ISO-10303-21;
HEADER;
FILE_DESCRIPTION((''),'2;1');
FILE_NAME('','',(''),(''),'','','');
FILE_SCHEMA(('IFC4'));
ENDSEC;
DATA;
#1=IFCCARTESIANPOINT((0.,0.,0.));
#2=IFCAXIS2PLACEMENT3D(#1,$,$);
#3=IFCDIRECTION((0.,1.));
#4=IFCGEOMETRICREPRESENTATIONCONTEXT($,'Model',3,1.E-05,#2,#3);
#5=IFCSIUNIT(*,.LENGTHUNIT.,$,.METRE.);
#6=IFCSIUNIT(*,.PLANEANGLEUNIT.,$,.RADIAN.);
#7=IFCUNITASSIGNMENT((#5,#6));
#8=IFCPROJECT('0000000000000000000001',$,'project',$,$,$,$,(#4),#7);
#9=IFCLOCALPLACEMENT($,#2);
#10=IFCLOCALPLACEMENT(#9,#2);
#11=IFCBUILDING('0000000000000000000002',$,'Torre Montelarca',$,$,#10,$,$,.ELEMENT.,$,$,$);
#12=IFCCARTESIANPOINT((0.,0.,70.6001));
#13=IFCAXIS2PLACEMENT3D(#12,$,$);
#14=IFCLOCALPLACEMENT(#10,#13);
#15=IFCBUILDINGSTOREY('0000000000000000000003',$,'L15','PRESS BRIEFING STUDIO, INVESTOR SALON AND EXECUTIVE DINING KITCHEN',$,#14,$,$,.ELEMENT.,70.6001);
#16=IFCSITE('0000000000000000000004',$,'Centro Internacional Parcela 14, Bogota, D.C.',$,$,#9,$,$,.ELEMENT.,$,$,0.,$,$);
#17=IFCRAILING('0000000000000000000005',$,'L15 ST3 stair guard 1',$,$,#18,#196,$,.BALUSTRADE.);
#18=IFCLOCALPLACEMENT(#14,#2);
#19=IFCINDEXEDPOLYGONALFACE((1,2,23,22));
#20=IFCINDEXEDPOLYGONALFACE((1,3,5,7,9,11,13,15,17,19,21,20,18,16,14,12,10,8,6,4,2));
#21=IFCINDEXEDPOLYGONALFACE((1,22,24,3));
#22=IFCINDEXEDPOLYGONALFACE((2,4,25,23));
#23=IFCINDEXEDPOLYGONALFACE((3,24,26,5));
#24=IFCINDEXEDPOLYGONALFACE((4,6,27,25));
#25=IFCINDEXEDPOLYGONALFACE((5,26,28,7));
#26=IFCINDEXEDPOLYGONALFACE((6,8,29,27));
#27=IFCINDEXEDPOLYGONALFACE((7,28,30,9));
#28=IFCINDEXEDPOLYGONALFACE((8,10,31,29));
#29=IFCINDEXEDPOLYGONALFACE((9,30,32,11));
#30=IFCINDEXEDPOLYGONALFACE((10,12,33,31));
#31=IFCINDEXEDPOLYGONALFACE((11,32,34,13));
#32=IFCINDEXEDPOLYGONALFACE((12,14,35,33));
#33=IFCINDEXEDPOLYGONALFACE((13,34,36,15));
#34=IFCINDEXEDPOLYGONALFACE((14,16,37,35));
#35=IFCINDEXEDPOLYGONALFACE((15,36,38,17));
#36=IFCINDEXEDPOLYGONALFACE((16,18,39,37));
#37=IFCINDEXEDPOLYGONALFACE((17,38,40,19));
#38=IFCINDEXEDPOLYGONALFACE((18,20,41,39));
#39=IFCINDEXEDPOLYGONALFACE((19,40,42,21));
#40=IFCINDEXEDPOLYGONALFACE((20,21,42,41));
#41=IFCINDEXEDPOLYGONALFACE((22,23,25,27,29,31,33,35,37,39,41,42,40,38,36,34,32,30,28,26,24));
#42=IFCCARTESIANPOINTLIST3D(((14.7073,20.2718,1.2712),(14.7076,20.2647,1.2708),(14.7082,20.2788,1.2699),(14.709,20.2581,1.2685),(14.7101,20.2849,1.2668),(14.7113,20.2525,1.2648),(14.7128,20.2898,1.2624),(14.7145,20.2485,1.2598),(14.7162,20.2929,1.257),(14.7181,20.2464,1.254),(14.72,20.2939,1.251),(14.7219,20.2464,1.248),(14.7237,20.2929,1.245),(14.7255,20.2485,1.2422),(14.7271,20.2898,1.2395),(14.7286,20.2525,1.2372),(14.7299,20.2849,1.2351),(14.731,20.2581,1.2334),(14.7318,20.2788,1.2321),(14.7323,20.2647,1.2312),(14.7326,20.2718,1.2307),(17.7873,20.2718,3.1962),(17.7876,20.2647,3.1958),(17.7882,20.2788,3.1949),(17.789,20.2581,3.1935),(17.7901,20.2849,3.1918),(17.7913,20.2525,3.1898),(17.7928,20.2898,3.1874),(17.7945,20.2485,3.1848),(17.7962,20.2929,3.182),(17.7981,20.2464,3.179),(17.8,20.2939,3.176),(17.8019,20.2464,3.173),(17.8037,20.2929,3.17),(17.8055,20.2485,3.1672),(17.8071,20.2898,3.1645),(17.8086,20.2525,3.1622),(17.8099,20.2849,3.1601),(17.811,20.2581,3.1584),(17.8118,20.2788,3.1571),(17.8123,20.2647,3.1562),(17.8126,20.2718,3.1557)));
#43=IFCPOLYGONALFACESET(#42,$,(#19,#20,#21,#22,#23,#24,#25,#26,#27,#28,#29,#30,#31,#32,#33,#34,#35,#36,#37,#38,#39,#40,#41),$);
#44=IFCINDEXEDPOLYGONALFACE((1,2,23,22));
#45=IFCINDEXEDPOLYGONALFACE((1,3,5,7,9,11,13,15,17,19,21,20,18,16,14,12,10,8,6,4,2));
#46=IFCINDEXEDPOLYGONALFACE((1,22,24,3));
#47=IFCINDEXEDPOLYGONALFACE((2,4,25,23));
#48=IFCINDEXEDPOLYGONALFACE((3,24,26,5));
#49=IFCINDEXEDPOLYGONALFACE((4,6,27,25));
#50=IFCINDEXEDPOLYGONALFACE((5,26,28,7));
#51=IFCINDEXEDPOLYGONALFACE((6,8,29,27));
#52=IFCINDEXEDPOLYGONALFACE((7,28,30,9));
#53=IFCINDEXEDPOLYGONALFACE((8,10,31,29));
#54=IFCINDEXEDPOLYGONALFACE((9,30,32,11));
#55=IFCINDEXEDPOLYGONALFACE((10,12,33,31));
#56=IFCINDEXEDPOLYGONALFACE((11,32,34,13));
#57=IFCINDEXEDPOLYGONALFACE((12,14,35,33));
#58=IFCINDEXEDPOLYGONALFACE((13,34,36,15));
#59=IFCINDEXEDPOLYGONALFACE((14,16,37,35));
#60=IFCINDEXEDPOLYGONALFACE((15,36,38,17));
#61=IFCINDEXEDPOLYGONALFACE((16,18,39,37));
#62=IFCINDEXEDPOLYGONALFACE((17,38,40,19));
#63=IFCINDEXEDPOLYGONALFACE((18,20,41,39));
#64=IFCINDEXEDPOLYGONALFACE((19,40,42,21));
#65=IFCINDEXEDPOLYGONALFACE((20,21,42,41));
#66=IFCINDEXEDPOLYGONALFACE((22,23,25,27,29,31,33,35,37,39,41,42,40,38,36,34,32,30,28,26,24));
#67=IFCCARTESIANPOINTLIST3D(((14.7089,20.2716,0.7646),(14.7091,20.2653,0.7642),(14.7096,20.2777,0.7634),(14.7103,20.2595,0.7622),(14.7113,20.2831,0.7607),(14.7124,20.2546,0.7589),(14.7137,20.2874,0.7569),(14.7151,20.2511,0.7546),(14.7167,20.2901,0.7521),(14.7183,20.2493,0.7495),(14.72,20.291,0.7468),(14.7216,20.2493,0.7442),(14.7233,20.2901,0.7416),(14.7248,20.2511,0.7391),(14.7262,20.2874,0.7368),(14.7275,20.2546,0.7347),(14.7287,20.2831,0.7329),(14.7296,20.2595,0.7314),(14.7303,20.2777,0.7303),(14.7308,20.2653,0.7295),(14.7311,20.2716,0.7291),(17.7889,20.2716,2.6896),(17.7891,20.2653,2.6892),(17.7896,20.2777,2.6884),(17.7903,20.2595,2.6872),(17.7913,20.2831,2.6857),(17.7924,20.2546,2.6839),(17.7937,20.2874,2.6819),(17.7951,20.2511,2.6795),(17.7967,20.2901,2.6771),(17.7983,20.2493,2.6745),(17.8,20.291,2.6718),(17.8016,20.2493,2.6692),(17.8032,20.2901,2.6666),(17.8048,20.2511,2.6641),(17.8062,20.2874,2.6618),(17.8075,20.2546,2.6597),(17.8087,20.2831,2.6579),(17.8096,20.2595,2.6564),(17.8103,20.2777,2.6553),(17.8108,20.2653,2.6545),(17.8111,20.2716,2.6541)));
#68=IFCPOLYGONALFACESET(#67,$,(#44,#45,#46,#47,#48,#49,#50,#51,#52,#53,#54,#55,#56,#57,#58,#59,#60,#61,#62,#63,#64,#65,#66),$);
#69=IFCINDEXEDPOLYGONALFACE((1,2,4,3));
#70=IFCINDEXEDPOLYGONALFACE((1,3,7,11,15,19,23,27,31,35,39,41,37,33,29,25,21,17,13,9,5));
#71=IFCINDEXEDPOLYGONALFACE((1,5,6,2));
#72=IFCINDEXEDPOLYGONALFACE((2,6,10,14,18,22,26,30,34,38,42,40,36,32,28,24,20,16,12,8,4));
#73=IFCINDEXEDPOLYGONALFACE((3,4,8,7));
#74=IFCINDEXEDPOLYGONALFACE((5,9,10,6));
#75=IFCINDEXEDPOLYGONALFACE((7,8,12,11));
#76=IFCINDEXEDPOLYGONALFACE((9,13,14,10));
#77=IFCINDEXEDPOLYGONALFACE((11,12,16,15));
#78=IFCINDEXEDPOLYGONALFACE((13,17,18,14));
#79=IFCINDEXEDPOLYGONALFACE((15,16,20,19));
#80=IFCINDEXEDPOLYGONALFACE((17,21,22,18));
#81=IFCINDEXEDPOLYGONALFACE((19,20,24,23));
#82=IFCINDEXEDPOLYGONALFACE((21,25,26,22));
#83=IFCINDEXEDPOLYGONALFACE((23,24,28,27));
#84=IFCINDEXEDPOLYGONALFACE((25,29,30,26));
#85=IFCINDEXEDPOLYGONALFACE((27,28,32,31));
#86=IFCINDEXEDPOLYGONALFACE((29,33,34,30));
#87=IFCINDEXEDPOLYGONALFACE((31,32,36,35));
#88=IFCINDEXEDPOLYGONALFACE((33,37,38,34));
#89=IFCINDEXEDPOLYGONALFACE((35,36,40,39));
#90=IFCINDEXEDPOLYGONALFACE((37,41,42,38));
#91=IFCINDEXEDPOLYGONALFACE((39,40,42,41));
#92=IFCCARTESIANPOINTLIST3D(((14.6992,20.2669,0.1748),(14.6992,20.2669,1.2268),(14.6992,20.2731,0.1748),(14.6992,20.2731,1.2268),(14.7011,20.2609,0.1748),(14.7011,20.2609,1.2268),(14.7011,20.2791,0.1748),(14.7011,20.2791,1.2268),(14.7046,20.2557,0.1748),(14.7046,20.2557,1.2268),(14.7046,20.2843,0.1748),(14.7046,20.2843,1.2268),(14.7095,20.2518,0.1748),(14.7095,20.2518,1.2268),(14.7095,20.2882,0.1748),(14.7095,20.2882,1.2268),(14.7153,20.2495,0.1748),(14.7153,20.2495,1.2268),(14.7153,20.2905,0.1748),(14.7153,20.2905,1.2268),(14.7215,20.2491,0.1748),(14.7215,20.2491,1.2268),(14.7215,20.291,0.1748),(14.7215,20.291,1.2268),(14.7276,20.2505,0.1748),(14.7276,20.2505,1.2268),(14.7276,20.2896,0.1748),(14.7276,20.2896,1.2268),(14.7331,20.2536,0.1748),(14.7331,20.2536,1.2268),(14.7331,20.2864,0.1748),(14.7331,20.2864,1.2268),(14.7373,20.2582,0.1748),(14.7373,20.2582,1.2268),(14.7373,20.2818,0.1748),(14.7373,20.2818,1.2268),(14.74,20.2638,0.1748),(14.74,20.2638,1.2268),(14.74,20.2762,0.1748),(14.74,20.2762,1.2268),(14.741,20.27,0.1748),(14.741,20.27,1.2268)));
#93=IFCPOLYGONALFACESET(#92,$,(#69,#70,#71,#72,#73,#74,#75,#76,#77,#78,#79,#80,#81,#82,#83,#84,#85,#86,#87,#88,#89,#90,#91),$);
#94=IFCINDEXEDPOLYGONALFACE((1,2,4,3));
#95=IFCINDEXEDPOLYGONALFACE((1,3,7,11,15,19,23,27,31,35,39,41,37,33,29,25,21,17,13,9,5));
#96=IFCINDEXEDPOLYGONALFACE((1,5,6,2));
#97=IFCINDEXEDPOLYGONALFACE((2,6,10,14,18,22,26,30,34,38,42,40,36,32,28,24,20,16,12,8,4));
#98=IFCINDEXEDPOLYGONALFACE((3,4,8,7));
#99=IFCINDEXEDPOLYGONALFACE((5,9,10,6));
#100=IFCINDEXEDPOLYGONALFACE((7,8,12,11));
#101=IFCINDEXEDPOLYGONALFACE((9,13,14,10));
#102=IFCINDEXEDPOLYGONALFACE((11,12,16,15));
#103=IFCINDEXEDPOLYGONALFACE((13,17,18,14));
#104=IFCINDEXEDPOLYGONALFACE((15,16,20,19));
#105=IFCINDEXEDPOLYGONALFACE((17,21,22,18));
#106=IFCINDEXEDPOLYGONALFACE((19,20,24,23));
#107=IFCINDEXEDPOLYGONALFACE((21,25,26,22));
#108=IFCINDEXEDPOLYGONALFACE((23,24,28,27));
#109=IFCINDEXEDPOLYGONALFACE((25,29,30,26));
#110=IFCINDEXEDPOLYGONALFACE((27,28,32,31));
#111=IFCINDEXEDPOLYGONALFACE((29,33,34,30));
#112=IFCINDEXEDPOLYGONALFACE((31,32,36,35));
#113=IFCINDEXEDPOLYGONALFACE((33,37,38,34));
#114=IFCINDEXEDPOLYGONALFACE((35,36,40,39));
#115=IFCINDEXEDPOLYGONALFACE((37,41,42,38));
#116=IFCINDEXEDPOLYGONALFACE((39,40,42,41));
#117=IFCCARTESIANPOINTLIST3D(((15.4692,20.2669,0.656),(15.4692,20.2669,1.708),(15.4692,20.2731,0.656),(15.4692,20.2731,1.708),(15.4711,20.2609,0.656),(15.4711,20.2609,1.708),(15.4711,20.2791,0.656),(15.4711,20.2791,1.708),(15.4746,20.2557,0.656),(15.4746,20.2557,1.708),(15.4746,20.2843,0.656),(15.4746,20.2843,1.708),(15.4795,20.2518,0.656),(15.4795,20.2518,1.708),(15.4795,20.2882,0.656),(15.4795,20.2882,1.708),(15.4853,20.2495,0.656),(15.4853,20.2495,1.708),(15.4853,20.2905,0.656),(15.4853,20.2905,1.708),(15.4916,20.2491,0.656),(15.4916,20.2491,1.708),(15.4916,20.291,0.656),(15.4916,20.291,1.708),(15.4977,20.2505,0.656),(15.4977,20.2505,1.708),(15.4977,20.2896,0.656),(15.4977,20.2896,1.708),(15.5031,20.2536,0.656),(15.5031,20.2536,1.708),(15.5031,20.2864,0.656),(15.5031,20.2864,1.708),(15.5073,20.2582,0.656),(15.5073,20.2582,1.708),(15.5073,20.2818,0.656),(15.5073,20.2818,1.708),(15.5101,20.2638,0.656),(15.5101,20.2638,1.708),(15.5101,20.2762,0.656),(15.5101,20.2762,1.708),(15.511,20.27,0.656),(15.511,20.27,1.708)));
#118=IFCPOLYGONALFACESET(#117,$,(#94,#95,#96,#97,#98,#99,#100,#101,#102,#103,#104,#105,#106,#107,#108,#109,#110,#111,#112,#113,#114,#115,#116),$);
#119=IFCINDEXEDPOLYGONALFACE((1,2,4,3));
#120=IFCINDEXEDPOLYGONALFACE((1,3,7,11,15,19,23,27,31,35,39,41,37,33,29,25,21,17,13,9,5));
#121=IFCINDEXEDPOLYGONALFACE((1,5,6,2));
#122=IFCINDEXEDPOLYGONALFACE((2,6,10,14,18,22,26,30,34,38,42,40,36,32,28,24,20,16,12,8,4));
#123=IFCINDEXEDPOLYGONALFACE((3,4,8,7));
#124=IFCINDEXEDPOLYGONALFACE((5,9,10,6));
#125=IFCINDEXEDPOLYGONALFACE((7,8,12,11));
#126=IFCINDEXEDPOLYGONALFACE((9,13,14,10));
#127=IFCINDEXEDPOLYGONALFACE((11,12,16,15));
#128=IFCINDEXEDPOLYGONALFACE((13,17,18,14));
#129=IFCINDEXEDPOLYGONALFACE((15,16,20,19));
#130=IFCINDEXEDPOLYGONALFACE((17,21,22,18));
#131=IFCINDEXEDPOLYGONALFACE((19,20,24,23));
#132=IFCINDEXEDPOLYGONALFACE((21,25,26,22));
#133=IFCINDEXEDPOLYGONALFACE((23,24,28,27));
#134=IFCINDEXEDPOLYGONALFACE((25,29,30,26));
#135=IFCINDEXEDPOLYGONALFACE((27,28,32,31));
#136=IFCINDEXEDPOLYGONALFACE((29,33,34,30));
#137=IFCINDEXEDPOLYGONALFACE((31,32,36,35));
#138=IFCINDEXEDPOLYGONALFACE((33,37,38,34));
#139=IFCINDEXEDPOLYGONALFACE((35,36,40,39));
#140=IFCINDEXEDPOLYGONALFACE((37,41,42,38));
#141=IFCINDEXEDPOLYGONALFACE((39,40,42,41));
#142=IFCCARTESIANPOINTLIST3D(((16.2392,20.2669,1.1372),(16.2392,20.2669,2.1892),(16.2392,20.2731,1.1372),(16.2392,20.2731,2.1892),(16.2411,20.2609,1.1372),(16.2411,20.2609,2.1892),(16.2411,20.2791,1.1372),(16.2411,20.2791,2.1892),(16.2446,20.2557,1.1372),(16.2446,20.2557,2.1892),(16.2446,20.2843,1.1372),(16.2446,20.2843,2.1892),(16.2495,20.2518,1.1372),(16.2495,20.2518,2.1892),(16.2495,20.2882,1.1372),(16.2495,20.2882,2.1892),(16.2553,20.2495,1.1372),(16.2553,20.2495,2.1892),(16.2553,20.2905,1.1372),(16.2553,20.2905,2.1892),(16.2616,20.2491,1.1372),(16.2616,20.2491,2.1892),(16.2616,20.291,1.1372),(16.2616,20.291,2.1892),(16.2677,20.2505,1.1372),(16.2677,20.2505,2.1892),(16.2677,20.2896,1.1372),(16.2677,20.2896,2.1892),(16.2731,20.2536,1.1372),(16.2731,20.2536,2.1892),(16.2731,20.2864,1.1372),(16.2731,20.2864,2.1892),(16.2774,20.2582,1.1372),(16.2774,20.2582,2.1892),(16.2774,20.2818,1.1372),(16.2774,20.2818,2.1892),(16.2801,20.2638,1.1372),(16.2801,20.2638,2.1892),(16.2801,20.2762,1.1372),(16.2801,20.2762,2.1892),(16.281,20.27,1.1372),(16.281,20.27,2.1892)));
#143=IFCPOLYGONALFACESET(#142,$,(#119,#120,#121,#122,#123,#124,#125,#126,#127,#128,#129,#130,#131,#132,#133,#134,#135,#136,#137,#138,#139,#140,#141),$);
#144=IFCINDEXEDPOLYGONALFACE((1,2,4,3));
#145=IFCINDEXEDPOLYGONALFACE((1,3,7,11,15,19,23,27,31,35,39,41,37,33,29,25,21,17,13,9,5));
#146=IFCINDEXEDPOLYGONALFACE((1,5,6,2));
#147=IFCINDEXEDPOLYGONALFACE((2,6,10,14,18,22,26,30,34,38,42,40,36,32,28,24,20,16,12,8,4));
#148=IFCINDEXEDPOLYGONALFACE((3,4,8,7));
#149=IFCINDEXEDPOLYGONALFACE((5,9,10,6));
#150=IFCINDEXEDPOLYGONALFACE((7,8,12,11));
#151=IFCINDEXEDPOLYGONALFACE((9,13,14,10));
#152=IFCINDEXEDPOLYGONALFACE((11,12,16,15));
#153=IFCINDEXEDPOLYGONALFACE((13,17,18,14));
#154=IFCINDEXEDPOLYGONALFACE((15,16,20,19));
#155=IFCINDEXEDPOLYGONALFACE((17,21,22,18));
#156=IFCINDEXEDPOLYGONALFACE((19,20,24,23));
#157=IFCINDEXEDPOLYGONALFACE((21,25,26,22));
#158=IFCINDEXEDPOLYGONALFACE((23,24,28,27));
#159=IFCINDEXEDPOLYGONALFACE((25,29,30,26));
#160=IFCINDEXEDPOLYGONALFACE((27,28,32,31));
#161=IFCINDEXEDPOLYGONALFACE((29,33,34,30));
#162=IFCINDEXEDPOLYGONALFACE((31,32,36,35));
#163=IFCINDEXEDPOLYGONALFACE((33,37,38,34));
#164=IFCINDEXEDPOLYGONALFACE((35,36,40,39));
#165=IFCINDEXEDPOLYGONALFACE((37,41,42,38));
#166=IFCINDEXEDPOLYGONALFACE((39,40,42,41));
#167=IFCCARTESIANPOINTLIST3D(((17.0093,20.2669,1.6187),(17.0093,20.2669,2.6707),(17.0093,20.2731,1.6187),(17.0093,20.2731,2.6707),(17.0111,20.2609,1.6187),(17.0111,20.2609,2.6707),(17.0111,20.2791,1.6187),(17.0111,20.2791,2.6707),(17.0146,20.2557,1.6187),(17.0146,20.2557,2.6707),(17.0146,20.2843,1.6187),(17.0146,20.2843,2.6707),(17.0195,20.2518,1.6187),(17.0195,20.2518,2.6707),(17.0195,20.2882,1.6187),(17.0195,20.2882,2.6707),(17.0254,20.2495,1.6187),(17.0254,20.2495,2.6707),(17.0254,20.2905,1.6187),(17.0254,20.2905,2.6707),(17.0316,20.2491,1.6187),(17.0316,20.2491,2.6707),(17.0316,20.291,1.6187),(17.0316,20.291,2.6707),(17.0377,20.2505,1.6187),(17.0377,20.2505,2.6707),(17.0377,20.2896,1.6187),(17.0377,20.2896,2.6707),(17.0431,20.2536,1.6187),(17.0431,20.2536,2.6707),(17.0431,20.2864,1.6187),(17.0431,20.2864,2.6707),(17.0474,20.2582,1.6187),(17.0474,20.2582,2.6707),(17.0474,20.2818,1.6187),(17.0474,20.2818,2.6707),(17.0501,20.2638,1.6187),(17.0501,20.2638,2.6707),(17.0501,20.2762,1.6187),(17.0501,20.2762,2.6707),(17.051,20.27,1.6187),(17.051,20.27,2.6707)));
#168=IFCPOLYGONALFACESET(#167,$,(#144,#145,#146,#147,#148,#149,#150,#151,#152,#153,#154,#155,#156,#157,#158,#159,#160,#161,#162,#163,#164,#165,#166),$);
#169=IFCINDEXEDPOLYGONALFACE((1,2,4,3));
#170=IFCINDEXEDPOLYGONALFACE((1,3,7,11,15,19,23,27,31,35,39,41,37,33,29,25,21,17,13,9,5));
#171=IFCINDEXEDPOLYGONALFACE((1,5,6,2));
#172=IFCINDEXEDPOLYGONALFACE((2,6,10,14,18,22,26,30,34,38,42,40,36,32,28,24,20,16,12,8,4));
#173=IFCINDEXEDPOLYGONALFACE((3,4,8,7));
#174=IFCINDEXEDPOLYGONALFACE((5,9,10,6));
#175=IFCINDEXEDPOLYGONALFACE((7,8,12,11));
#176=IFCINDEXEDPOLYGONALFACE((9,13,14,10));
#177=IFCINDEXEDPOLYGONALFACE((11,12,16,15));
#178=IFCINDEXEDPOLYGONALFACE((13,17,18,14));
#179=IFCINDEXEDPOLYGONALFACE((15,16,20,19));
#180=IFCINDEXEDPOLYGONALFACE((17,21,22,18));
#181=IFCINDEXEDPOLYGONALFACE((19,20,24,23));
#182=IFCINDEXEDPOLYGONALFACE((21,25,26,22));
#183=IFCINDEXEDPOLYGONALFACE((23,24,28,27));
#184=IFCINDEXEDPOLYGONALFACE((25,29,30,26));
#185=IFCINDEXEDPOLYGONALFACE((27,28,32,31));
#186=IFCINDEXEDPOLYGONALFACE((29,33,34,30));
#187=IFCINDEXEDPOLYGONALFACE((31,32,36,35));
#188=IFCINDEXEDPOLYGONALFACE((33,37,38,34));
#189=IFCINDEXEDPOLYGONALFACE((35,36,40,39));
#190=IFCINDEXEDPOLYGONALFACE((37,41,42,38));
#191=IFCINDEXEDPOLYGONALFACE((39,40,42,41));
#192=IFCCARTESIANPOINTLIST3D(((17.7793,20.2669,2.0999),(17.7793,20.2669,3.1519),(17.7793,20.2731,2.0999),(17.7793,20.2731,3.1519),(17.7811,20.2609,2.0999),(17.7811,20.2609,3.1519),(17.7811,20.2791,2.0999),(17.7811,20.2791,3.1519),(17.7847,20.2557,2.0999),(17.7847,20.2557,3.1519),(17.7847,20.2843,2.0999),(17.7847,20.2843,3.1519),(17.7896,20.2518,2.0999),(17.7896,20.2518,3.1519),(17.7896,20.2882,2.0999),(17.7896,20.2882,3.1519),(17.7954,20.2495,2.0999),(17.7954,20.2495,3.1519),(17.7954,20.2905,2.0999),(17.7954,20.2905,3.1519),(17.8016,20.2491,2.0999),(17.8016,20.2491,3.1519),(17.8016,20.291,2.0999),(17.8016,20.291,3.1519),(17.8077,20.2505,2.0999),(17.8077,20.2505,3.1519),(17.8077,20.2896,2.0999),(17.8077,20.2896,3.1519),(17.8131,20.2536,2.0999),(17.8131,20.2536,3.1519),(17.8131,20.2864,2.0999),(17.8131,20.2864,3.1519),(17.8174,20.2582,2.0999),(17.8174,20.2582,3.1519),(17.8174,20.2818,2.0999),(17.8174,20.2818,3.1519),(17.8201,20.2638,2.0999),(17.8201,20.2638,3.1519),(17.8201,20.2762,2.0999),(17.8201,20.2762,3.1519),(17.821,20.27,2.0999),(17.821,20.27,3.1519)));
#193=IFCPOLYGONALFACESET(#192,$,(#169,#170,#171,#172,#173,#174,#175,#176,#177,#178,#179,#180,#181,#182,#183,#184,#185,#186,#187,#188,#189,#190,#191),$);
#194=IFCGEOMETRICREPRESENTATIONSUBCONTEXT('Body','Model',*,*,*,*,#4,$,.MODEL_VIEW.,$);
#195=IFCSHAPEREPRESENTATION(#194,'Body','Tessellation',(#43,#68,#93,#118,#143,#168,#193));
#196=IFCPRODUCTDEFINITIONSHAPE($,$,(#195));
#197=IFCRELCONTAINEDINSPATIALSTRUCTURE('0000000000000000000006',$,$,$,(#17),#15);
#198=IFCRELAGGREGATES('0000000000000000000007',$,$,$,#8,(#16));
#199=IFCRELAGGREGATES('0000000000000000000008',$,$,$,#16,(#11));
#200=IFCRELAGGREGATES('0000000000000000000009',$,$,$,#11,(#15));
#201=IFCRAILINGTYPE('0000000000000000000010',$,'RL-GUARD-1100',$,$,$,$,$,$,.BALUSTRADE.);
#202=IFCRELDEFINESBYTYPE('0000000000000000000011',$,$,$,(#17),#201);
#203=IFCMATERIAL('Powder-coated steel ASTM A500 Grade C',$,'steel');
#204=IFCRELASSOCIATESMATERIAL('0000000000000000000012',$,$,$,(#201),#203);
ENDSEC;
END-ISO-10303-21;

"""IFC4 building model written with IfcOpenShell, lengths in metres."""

from ifc_helpers import new_model, si_unit, direction, frame, origin, origin_2d, place, context, subcontext, project, spatial, circle, extrude, material, type_object, element, save


model = new_model("IFC4")

# Units and contexts
model_context = context("Model", 3, precision=1e-05, world=origin(), true_north=direction((0.0, 1.0)))
body_context = subcontext(model_context, "Body", "Model", "MODEL_VIEW")
ifc_project = project(units=[si_unit("LENGTHUNIT", "METRE"), si_unit("PLANEANGLEUNIT", "RADIAN")], contexts=[model_context])

# Site, building, storey
site_placement = place(None, origin())
site = spatial("IfcSite", under=ifc_project, at=site_placement, Name="Centro Internacional Parcela 14, Bogota, D.C.", CompositionType="ELEMENT", RefElevation=0.0)
building_placement = place(site_placement, origin())
building = spatial("IfcBuilding", under=site, at=building_placement, Name="Torre Montelarca", CompositionType="ELEMENT")
storey_placement = place(building_placement, frame((0.0, 0.0, 70.6001)))
storey = spatial("IfcBuildingStorey", under=building, at=storey_placement, Name="L15", Description="PRESS BRIEFING STUDIO, INVESTOR SALON AND EXECUTIVE DINING KITCHEN", CompositionType="ELEMENT", Elevation=70.6001)

# Railing
ifc_material_1 = material(Name="Powder-coated steel ASTM A500 Grade C", Category="steel")
railing_type_1 = type_object("IfcRailingType", Name="RL-GUARD-1100", PredefinedType="BALUSTRADE", material=ifc_material_1)
railing_1_placement = place(storey_placement, frame((14.72, 20.27, 0.1748)))
element("IfcRailing", 1, at=railing_1_placement, inside=storey, type_object=railing_type_1, Name="L15 ST3 stair guard 1", PredefinedType="BALUSTRADE", context=body_context, shape_type="SweptSolid", body=[
    extrude(circle(Radius=0.0239, at=origin_2d()), frame((0.0, 0.0, 1.0762), z_axis=(0.847998, 0.0, 0.529999), x_axis=(0.0, 1.0, 0.0)), (0.0, 0.0, 1.0), 3.6321),
    extrude(circle(Radius=0.021, at=origin_2d()), frame((0.0, 0.0, 0.572), z_axis=(0.847998, 0.0, 0.529999), x_axis=(0.0, 1.0, 0.0)), (0.0, 0.0, 1.0), 3.6321),
    extrude(circle(Radius=0.021, at=origin_2d()), origin(), (0.0, 0.0, 1.0), 1.052),
    extrude(circle(Radius=0.021, at=origin_2d()), frame((0.77, 0.0, 0.4812)), (0.0, 0.0, 1.0), 1.052),
    extrude(circle(Radius=0.021, at=origin_2d()), frame((1.54, 0.0, 0.9624)), (0.0, 0.0, 1.0), 1.052),
    extrude(circle(Radius=0.021, at=origin_2d()), frame((2.3101, 0.0, 1.4438)), (0.0, 0.0, 1.0), 1.052),
    extrude(circle(Radius=0.021, at=origin_2d()), frame((3.0801, 0.0, 1.925)), (0.0, 0.0, 1.0), 1.052),
])

save(model, "model.ifc")
